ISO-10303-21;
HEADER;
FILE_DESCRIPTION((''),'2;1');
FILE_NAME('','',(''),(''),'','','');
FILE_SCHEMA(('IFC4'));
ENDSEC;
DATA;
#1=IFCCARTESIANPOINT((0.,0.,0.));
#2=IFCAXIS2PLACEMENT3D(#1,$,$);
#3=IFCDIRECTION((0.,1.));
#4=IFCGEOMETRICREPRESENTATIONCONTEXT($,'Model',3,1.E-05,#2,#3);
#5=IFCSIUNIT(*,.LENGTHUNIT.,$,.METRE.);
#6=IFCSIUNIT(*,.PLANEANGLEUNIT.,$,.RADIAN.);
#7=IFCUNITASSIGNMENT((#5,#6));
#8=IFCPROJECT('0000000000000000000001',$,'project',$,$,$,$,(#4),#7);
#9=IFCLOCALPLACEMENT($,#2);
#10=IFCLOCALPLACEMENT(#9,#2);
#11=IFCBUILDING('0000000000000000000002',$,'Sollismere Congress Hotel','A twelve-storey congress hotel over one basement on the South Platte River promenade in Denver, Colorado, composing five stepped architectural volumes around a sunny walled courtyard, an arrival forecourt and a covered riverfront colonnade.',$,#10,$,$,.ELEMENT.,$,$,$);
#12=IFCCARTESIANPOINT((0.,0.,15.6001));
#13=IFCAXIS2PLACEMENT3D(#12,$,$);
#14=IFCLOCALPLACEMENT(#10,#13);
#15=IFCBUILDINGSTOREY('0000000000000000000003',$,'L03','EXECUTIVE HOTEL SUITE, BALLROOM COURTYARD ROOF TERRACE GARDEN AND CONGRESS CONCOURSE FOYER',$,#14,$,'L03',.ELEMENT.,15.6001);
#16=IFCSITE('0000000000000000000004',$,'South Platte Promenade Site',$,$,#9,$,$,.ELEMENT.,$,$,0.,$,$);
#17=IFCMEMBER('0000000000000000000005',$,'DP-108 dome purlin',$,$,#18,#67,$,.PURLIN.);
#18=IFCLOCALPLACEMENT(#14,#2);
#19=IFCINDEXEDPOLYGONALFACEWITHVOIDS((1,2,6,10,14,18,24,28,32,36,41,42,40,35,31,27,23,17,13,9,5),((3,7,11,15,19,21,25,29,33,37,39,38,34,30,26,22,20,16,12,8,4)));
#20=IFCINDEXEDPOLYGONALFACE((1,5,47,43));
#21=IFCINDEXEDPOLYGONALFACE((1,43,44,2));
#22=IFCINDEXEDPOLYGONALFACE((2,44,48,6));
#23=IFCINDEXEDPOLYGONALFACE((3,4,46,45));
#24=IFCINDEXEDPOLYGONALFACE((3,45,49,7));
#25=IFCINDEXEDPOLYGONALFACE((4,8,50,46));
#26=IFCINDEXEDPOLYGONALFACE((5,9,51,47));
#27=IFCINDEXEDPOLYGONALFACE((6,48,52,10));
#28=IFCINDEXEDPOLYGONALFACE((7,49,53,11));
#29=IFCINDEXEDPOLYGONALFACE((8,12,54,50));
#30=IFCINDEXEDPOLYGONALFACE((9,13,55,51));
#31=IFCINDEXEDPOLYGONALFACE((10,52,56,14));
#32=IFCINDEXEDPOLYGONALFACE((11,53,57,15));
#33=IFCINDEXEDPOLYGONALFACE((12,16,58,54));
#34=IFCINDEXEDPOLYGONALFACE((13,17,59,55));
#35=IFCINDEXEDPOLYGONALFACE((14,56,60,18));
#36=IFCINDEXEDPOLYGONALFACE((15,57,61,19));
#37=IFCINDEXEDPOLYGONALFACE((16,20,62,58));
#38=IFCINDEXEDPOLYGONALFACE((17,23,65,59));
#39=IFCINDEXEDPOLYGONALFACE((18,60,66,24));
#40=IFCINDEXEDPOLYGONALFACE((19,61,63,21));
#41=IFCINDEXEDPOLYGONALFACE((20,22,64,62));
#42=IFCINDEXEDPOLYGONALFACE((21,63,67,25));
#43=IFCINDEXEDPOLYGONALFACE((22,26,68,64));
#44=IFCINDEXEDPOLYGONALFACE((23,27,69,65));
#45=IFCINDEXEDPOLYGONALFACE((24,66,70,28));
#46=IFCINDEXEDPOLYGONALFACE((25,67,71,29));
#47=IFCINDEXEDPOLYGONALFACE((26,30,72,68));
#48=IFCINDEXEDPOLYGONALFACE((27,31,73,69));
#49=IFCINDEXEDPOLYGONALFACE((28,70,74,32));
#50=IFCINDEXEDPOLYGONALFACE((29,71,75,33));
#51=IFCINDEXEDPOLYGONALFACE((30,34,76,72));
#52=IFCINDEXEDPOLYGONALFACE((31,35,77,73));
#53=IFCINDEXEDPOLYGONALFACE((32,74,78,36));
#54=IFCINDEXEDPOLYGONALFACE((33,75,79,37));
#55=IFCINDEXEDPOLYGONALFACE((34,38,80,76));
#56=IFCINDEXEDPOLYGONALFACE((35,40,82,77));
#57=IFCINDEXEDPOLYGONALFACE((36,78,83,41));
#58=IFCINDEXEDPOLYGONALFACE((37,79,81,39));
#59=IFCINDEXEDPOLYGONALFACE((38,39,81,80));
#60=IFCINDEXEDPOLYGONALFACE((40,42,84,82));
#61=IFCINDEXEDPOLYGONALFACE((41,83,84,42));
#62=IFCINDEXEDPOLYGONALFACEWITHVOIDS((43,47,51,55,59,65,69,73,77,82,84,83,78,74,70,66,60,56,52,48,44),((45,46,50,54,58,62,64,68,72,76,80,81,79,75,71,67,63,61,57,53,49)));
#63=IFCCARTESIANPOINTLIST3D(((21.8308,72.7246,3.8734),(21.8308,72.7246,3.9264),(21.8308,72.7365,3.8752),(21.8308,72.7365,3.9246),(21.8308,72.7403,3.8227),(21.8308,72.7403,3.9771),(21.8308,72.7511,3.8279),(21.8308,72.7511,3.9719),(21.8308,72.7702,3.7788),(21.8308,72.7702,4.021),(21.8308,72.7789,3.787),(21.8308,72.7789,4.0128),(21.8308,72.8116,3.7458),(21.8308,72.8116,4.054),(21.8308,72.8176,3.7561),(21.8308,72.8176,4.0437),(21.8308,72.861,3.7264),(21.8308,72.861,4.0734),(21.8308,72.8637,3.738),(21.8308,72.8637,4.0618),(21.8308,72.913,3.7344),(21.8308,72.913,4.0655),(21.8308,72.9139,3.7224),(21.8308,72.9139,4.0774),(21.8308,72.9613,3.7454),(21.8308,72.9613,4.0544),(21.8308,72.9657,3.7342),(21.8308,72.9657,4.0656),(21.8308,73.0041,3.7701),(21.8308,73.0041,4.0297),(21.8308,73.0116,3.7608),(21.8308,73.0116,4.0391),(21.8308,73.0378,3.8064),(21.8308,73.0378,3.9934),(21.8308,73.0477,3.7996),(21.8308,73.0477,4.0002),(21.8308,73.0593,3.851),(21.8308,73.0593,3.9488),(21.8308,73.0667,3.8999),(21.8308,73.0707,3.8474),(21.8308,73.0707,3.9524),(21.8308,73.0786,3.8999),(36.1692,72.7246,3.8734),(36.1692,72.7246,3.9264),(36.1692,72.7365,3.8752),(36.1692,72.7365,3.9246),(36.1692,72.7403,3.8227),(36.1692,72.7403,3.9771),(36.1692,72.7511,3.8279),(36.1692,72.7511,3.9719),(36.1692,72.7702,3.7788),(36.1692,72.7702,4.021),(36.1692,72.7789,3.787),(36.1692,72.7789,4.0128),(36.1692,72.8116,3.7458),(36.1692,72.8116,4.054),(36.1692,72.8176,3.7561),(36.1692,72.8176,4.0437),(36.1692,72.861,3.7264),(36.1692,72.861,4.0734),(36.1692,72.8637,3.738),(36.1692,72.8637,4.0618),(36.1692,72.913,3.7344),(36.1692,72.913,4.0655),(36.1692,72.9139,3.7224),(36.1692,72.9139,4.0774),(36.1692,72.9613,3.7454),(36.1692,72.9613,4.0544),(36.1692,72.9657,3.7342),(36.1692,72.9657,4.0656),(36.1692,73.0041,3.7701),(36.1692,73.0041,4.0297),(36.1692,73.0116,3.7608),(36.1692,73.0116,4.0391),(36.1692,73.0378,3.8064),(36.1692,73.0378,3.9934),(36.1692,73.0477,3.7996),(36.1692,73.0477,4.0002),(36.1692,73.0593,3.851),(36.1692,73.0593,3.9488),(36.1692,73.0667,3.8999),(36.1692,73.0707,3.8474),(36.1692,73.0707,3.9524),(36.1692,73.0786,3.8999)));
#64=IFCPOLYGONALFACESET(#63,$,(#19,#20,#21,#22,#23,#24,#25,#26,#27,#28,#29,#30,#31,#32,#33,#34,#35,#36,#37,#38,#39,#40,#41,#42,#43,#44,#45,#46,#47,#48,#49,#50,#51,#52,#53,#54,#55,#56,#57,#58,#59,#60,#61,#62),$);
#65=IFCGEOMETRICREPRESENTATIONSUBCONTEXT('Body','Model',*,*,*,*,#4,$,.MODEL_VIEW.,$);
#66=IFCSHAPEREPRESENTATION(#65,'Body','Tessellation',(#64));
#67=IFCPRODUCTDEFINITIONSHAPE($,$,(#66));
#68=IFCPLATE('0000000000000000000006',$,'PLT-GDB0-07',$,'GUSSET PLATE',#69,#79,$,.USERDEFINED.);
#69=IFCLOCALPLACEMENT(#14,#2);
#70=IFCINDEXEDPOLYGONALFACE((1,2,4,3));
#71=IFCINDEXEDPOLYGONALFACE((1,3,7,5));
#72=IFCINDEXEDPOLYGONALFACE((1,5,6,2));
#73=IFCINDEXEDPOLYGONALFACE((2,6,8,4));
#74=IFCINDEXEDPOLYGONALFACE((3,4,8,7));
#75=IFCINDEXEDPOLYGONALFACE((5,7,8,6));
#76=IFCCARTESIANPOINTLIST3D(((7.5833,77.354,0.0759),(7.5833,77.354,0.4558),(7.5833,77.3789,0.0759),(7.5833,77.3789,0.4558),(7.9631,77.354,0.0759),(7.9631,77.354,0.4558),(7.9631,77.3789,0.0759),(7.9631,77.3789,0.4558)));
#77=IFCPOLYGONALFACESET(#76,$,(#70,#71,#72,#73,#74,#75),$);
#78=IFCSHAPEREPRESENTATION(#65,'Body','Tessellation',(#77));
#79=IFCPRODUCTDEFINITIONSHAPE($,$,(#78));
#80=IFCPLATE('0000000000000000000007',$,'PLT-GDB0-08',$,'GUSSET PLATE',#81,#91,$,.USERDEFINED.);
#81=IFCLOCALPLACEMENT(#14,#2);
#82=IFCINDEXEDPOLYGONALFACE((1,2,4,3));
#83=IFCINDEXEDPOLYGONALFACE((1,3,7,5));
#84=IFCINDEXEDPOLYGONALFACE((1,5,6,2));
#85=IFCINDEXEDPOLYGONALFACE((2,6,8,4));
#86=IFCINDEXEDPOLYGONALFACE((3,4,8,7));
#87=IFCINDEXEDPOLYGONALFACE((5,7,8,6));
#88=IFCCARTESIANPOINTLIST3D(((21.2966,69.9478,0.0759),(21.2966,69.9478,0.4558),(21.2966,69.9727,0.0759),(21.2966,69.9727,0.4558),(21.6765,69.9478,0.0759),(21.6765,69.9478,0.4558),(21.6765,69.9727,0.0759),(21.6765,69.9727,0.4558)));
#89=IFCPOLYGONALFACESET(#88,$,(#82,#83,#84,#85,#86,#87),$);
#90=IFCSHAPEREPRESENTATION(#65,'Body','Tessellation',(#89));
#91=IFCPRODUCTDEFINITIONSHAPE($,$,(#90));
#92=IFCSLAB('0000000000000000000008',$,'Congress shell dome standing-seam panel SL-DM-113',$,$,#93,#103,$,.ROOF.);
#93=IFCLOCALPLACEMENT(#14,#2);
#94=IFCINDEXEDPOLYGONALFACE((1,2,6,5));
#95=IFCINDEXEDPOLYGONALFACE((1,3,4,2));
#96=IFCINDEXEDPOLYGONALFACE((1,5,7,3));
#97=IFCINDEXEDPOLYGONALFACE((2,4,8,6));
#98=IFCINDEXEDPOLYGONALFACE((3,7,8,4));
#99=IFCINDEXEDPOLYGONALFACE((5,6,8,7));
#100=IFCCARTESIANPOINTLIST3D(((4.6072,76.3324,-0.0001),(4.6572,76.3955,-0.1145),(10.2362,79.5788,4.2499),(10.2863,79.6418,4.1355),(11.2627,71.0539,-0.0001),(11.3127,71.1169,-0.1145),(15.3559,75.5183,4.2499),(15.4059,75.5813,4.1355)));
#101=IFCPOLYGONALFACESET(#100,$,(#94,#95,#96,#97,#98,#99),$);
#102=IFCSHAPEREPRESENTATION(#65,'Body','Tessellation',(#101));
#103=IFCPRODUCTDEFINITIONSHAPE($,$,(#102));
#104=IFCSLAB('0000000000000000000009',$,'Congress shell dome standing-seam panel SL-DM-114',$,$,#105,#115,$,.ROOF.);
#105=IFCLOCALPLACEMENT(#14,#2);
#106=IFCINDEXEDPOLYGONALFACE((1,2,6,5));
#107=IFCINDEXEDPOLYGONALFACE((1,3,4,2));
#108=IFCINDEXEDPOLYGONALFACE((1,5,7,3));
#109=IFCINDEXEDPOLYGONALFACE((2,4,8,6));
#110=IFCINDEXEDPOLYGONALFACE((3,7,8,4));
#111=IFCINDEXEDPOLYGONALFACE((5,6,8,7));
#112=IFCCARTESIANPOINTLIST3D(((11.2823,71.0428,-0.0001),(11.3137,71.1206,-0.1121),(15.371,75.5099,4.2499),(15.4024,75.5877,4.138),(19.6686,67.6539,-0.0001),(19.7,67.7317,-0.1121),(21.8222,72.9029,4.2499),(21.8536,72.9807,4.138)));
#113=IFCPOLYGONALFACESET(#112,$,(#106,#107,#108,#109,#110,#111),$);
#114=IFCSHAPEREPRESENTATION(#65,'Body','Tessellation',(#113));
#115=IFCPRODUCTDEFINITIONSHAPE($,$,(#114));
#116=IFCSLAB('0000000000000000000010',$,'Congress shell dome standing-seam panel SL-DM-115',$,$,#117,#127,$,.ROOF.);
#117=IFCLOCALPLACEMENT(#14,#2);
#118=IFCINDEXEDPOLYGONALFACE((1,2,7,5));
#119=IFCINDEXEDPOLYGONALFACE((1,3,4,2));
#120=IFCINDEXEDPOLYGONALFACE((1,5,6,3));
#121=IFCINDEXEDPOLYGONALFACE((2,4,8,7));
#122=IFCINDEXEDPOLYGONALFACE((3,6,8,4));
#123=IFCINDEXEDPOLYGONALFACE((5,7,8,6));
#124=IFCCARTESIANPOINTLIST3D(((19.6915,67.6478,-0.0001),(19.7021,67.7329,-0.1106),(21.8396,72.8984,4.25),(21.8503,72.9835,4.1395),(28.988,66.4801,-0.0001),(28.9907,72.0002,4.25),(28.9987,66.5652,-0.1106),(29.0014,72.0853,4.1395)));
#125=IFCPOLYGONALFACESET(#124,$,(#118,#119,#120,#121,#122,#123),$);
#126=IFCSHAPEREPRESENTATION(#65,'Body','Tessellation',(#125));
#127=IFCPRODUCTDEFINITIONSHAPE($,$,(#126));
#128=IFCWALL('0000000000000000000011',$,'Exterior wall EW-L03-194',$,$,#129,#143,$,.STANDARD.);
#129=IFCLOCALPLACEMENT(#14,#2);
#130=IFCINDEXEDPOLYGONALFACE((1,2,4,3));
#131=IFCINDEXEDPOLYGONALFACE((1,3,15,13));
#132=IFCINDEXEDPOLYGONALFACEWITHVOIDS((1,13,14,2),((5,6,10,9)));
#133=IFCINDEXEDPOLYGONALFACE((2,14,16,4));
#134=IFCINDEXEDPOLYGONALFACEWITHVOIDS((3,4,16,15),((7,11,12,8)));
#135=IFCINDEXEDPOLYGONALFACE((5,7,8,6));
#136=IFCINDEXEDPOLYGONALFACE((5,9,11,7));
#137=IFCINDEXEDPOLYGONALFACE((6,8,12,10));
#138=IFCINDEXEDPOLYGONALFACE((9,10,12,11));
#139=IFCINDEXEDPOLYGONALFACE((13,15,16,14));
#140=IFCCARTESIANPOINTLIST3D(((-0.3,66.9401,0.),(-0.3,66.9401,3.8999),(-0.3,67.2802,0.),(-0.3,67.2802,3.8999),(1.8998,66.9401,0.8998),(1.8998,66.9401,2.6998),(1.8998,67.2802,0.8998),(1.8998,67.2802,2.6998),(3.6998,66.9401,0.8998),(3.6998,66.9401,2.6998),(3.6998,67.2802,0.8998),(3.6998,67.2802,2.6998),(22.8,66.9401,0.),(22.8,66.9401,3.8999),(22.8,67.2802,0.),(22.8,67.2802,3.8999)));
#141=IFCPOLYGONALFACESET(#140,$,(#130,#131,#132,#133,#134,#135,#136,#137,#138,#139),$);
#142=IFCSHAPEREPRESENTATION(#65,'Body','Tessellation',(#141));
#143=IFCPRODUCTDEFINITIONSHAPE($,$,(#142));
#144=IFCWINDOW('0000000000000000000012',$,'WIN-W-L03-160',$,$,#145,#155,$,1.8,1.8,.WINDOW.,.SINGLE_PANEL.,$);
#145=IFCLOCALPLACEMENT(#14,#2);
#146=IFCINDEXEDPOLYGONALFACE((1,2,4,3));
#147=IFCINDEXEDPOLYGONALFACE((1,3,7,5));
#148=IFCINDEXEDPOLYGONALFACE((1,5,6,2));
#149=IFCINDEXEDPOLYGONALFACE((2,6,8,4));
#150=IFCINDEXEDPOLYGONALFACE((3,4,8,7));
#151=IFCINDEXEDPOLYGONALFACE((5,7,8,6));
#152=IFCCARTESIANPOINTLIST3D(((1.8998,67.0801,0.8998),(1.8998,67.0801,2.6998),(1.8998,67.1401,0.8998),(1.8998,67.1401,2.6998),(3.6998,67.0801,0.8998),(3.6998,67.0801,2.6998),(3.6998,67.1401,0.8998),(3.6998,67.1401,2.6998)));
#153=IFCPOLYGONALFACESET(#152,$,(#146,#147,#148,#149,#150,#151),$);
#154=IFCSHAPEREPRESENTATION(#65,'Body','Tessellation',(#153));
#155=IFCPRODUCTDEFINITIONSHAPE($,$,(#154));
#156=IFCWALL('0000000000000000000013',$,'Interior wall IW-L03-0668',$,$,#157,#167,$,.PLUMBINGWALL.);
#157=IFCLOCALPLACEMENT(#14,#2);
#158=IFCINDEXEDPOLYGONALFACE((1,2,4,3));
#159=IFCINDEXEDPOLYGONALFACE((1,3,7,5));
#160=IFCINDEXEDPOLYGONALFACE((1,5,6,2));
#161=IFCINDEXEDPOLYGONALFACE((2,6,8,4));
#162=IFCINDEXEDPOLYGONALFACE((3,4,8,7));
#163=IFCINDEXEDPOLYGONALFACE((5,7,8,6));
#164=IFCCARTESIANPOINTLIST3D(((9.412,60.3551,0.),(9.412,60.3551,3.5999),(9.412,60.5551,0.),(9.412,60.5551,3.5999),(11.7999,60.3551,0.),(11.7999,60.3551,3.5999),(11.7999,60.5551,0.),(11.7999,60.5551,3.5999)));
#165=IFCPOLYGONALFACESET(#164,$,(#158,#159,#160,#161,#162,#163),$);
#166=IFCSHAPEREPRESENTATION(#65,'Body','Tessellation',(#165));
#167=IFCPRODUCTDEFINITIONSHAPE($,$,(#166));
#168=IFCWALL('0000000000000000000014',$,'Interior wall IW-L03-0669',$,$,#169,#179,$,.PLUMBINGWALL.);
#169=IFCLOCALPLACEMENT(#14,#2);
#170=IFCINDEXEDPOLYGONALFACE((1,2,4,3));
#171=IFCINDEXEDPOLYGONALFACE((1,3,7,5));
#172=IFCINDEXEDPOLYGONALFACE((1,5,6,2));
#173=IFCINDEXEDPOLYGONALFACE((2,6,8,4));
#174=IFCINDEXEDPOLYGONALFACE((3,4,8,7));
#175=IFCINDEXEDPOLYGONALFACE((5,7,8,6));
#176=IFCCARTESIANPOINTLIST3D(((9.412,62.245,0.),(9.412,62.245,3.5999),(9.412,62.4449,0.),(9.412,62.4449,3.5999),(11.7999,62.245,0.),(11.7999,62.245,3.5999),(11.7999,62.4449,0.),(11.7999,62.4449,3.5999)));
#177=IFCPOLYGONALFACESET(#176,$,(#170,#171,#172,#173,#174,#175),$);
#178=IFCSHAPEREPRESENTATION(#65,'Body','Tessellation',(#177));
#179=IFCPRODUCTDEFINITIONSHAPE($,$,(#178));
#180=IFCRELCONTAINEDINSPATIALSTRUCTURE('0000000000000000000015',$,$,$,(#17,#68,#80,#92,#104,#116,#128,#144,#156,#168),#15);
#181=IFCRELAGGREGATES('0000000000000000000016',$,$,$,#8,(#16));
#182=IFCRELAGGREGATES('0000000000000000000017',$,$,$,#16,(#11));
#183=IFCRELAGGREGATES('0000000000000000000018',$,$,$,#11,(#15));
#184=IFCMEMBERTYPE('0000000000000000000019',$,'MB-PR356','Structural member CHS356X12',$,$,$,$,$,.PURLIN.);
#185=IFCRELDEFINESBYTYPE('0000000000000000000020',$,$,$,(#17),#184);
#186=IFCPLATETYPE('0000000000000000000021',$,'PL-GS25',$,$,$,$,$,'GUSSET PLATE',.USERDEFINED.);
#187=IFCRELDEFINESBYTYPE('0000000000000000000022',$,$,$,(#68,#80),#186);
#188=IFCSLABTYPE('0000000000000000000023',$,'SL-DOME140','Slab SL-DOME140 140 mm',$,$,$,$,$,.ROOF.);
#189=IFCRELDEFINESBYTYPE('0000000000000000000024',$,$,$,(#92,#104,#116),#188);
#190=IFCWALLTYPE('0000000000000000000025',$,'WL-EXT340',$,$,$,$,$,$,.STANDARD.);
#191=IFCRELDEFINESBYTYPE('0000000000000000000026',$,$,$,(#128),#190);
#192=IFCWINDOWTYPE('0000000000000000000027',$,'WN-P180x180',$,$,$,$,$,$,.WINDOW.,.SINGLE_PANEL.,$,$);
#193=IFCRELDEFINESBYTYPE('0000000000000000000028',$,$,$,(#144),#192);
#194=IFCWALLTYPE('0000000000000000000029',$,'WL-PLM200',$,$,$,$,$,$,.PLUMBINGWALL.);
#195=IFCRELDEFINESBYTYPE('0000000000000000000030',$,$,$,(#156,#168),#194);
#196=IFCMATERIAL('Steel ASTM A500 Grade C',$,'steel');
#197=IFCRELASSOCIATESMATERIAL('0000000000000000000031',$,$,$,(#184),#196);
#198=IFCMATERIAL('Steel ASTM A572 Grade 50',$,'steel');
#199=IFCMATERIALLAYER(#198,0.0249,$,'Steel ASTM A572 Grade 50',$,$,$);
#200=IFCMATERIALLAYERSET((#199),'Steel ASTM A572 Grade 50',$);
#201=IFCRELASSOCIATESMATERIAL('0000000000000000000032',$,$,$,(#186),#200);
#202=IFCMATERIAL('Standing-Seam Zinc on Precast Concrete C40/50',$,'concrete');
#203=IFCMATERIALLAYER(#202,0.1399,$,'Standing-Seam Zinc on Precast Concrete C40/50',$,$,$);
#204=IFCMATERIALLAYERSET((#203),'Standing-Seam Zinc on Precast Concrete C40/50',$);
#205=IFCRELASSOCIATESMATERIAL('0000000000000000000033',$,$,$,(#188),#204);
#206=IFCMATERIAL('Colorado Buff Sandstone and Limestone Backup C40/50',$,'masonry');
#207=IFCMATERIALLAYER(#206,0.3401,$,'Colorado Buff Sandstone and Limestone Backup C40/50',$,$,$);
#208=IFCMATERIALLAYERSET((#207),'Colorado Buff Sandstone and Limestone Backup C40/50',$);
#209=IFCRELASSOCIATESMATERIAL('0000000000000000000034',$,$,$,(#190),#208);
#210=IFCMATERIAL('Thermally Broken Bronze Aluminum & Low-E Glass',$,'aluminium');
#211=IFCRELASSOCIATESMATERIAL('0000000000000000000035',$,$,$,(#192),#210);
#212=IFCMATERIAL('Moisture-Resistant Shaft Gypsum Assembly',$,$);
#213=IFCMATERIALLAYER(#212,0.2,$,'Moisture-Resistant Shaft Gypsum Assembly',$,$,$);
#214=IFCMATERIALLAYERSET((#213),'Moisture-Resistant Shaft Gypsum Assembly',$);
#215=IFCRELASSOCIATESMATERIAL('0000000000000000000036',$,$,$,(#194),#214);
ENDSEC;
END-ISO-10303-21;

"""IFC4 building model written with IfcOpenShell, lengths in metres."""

from ifc_helpers import new_model, si_unit, direction, frame, frame_2d, origin, origin_2d, place, context, subcontext, project, spatial, polyline, rectangle, hollow_circle, outline, extrude, material, layer, layer_set, material_profile, profile_set, type_object, element, fill, save


model = new_model("IFC4")

# Units and contexts
model_context = context("Model", 3, precision=1e-05, world=origin(), true_north=direction((0.0, 1.0)))
body_context = subcontext(model_context, "Body", "Model", "MODEL_VIEW")
ifc_project = project(units=[si_unit("LENGTHUNIT", "METRE"), si_unit("PLANEANGLEUNIT", "RADIAN")], contexts=[model_context])

# Site, building, storey
site_placement = place(None, origin())
site = spatial("IfcSite", under=ifc_project, at=site_placement, Name="South Platte Promenade Site", CompositionType="ELEMENT", RefElevation=0.0)
building_placement = place(site_placement, origin())
building = spatial("IfcBuilding", under=site, at=building_placement, Name="Sollismere Congress Hotel", Description="A twelve-storey congress hotel over one basement on the South Platte River promenade in Denver, Colorado, composing five stepped architectural volumes around a sunny walled courtyard, an arrival forecourt and a covered riverfront colonnade.", CompositionType="ELEMENT")
storey_placement = place(building_placement, frame((0.0, 0.0, 15.6001)))
storey = spatial("IfcBuildingStorey", under=building, at=storey_placement, Name="L03", Description="EXECUTIVE HOTEL SUITE, BALLROOM COURTYARD ROOF TERRACE GARDEN AND CONGRESS CONCOURSE FOYER", LongName="L03", CompositionType="ELEMENT", Elevation=15.6001)

# Member
ifc_material_1 = material(Name="Steel ASTM A500 Grade C", Category="steel")
ifc_material_profile_1 = material_profile(ifc_material_1, hollow_circle(Radius=0.178, WallThickness=0.012, at=origin_2d()), Name="CHS356X12")
ifc_profile_set_1 = profile_set([ifc_material_profile_1], Name="Steel ASTM A500 Grade C")
member_type_1 = type_object("IfcMemberType", Name="MB-PR356", Description="Structural member CHS356X12", PredefinedType="PURLIN", material=ifc_profile_set_1)
member_1_placement = place(storey_placement, frame((21.8308, 72.9006, 3.8999), z_axis=(1.0, 0.0, 0.0), x_axis=(0.0, 1.0, 0.0)))
element("IfcMember", 1, at=member_1_placement, inside=storey, type_object=member_type_1, Name="DP-108 dome purlin", PredefinedType="PURLIN", context=body_context, shape_type="SweptSolid", body=[
    extrude(hollow_circle(Radius=0.178, WallThickness=0.012, at=origin_2d()), origin(), (0.0, 0.0, 1.0), 14.3384),
])

# Plates
ifc_material_2 = material(Name="Steel ASTM A572 Grade 50", Category="steel")
ifc_layer_1 = layer(ifc_material_2, 0.0249, Name="Steel ASTM A572 Grade 50")
ifc_layer_set_1 = layer_set([ifc_layer_1], Name="Steel ASTM A572 Grade 50")
plate_type = type_object("IfcPlateType", Name="PL-GS25", ElementType="GUSSET PLATE", PredefinedType="USERDEFINED", material=ifc_layer_set_1)
for number, where, z_axis, x_axis, name in (
    (2, (7.7732, 77.3665, 0.0759), (0.0, 0.0, 1.0), (1.0, 0.0, 0.0), "PLT-GDB0-07"),
    (3, (21.4866, 69.9602, 0.0759), (0.0, 0.0, 1.0), (1.0, 0.0, 0.0), "PLT-GDB0-08"),
):
    element("IfcPlate", number, at=place(storey_placement, frame(where, z_axis=z_axis, x_axis=x_axis)), inside=storey, type_object=plate_type, Name=name, ObjectType="GUSSET PLATE", PredefinedType="USERDEFINED", context=body_context, shape_type="SweptSolid", body=[
        extrude(rectangle(XDim=0.3799, YDim=0.0249, at=origin_2d()), origin(), (0.0, 0.0, 1.0), 0.3799),
    ])

# Slabs
ifc_material_3 = material(Name="Standing-Seam Zinc on Precast Concrete C40/50", Category="concrete")
ifc_layer_2 = layer(ifc_material_3, 0.1399, Name="Standing-Seam Zinc on Precast Concrete C40/50")
ifc_layer_set_2 = layer_set([ifc_layer_2], Name="Standing-Seam Zinc on Precast Concrete C40/50")
slab_type = type_object("IfcSlabType", Name="SL-DOME140", Description="Slab SL-DOME140 140 mm", PredefinedType="ROOF", material=ifc_layer_set_2)
slab_1_placement = place(storey_placement, frame((4.6572, 76.3955, -0.1145), z_axis=(-0.357537, -0.450798, 0.817893), x_axis=(0.783494, -0.6214, 0.000003)))
element("IfcSlab", 4, at=slab_1_placement, inside=storey, type_object=slab_type, Name="Congress shell dome standing-seam panel SL-DM-113", PredefinedType="ROOF", context=body_context, shape_type="SweptSolid", body=[
    extrude(outline(polyline([(0.0, 0.0), (8.4946, 0.0), (8.9275, 7.3865), (2.3931, 7.3865), (0.0, 0.0)])), origin(), (0.0, 0.0, 1.0), 0.1399),
])
slab_2_placement = place(storey_placement, frame((11.3137, 71.1206, -0.1121), z_axis=(-0.224627, -0.555864, 0.800349), x_axis=(0.927159, -0.374669, 0.0)))
element("IfcSlab", 5, at=slab_2_placement, inside=storey, type_object=slab_type, Name="Congress shell dome standing-seam panel SL-DM-114", PredefinedType="ROOF", context=body_context, shape_type="SweptSolid", body=[
    extrude(outline(polyline([(0.0, 0.0), (9.0452, 0.0), (9.0752, 7.0889), (2.1172, 7.0889), (0.0, 0.0)])), origin(), (0.0, 0.0, 1.0), 0.1399),
])
slab_3_placement = place(storey_placement, frame((19.7021, 67.7329, -0.1106), z_axis=(-0.076399, -0.608251, 0.790059), x_axis=(0.992204, -0.124627, -0.000001)))
element("IfcSlab", 6, at=slab_3_placement, inside=storey, type_object=slab_type, Name="Congress shell dome standing-seam panel SL-DM-115", PredefinedType="ROOF", context=body_context, shape_type="SweptSolid", body=[
    extrude(outline(polyline([(0.0, 0.0), (9.3696, 0.0), (8.6843, 6.9329), (1.4771, 6.9329), (0.0, 0.0)])), origin(), (0.0, 0.0, 1.0), 0.1399),
])

# Wall, opening, window
ifc_material_4 = material(Name="Colorado Buff Sandstone and Limestone Backup C40/50", Category="masonry")
ifc_layer_3 = layer(ifc_material_4, 0.3401, Name="Colorado Buff Sandstone and Limestone Backup C40/50")
ifc_layer_set_3 = layer_set([ifc_layer_3], Name="Colorado Buff Sandstone and Limestone Backup C40/50")
wall_type_1 = type_object("IfcWallType", Name="WL-EXT340", PredefinedType="STANDARD", material=ifc_layer_set_3)
wall_1_placement = place(storey_placement, frame((-0.3, 67.1101, 0.0), z_axis=(0.0, 0.0, 1.0), x_axis=(1.0, 0.0, 0.0)))
wall_1 = element("IfcWall", 7, at=wall_1_placement, inside=storey, type_object=wall_type_1, Name="Exterior wall EW-L03-194", PredefinedType="STANDARD", context=body_context, shape_type="SweptSolid", body=[
    extrude(rectangle(XDim=23.1001, YDim=0.3401, at=frame_2d((11.55, 0.0))), origin(), (0.0, 0.0, 1.0), 3.8999),
])
opening_1_placement = place(wall_1_placement, frame((2.2, 0.0, 0.8999)))
opening_1 = element("IfcOpeningElement", 8, at=opening_1_placement, cuts=wall_1, PredefinedType="OPENING", context=body_context, shape_type="SweptSolid", body=[
    extrude(rectangle(XDim=1.8, YDim=1.8, at=frame_2d((0.8999, 0.8999))), frame((0.0, 0.1799, 0.0), z_axis=(0.0, -1.0, 0.0), x_axis=(1.0, 0.0, 0.0)), (0.0, 0.0, 1.0), 0.3601),
])
ifc_material_5 = material(Name="Thermally Broken Bronze Aluminum & Low-E Glass", Category="aluminium")
window_type = type_object("IfcWindowType", Name="WN-P180x180", PartitioningType="SINGLE_PANEL", PredefinedType="WINDOW", material=ifc_material_5)
window_placement = place(opening_1_placement, origin())
window = element("IfcWindow", 9, at=window_placement, inside=storey, type_object=window_type, Name="WIN-W-L03-160", OverallHeight=1.8, OverallWidth=1.8, PartitioningType="SINGLE_PANEL", PredefinedType="WINDOW", context=body_context, shape_type="SweptSolid", body=[
    extrude(rectangle(XDim=1.8, YDim=1.8, at=frame_2d((0.8999, 0.8999))), frame((0.0, 0.03, 0.0), z_axis=(0.0, -1.0, 0.0), x_axis=(1.0, 0.0, 0.0)), (0.0, 0.0, 1.0), 0.0601),
])
fill(opening_1, window)

# Walls
ifc_material_6 = material(Name="Moisture-Resistant Shaft Gypsum Assembly")
ifc_layer_4 = layer(ifc_material_6, 0.2, Name="Moisture-Resistant Shaft Gypsum Assembly")
ifc_layer_set_4 = layer_set([ifc_layer_4], Name="Moisture-Resistant Shaft Gypsum Assembly")
wall_type_2 = type_object("IfcWallType", Name="WL-PLM200", PredefinedType="PLUMBINGWALL", material=ifc_layer_set_4)
for number, where, z_axis, x_axis, name in (
    (10, (9.4121, 60.4551, 0.0), (0.0, 0.0, 1.0), (1.0, 0.0, 0.0), "Interior wall IW-L03-0668"),
    (11, (9.4121, 62.345, 0.0), (0.0, 0.0, 1.0), (1.0, 0.0, 0.0), "Interior wall IW-L03-0669"),
):
    element("IfcWall", number, at=place(storey_placement, frame(where, z_axis=z_axis, x_axis=x_axis)), inside=storey, type_object=wall_type_2, Name=name, PredefinedType="PLUMBINGWALL", context=body_context, shape_type="SweptSolid", body=[
        extrude(rectangle(XDim=2.3879, YDim=0.2, at=frame_2d((1.1938, 0.0))), origin(), (0.0, 0.0, 1.0), 3.5999),
    ])

save(model, "model.ifc")
